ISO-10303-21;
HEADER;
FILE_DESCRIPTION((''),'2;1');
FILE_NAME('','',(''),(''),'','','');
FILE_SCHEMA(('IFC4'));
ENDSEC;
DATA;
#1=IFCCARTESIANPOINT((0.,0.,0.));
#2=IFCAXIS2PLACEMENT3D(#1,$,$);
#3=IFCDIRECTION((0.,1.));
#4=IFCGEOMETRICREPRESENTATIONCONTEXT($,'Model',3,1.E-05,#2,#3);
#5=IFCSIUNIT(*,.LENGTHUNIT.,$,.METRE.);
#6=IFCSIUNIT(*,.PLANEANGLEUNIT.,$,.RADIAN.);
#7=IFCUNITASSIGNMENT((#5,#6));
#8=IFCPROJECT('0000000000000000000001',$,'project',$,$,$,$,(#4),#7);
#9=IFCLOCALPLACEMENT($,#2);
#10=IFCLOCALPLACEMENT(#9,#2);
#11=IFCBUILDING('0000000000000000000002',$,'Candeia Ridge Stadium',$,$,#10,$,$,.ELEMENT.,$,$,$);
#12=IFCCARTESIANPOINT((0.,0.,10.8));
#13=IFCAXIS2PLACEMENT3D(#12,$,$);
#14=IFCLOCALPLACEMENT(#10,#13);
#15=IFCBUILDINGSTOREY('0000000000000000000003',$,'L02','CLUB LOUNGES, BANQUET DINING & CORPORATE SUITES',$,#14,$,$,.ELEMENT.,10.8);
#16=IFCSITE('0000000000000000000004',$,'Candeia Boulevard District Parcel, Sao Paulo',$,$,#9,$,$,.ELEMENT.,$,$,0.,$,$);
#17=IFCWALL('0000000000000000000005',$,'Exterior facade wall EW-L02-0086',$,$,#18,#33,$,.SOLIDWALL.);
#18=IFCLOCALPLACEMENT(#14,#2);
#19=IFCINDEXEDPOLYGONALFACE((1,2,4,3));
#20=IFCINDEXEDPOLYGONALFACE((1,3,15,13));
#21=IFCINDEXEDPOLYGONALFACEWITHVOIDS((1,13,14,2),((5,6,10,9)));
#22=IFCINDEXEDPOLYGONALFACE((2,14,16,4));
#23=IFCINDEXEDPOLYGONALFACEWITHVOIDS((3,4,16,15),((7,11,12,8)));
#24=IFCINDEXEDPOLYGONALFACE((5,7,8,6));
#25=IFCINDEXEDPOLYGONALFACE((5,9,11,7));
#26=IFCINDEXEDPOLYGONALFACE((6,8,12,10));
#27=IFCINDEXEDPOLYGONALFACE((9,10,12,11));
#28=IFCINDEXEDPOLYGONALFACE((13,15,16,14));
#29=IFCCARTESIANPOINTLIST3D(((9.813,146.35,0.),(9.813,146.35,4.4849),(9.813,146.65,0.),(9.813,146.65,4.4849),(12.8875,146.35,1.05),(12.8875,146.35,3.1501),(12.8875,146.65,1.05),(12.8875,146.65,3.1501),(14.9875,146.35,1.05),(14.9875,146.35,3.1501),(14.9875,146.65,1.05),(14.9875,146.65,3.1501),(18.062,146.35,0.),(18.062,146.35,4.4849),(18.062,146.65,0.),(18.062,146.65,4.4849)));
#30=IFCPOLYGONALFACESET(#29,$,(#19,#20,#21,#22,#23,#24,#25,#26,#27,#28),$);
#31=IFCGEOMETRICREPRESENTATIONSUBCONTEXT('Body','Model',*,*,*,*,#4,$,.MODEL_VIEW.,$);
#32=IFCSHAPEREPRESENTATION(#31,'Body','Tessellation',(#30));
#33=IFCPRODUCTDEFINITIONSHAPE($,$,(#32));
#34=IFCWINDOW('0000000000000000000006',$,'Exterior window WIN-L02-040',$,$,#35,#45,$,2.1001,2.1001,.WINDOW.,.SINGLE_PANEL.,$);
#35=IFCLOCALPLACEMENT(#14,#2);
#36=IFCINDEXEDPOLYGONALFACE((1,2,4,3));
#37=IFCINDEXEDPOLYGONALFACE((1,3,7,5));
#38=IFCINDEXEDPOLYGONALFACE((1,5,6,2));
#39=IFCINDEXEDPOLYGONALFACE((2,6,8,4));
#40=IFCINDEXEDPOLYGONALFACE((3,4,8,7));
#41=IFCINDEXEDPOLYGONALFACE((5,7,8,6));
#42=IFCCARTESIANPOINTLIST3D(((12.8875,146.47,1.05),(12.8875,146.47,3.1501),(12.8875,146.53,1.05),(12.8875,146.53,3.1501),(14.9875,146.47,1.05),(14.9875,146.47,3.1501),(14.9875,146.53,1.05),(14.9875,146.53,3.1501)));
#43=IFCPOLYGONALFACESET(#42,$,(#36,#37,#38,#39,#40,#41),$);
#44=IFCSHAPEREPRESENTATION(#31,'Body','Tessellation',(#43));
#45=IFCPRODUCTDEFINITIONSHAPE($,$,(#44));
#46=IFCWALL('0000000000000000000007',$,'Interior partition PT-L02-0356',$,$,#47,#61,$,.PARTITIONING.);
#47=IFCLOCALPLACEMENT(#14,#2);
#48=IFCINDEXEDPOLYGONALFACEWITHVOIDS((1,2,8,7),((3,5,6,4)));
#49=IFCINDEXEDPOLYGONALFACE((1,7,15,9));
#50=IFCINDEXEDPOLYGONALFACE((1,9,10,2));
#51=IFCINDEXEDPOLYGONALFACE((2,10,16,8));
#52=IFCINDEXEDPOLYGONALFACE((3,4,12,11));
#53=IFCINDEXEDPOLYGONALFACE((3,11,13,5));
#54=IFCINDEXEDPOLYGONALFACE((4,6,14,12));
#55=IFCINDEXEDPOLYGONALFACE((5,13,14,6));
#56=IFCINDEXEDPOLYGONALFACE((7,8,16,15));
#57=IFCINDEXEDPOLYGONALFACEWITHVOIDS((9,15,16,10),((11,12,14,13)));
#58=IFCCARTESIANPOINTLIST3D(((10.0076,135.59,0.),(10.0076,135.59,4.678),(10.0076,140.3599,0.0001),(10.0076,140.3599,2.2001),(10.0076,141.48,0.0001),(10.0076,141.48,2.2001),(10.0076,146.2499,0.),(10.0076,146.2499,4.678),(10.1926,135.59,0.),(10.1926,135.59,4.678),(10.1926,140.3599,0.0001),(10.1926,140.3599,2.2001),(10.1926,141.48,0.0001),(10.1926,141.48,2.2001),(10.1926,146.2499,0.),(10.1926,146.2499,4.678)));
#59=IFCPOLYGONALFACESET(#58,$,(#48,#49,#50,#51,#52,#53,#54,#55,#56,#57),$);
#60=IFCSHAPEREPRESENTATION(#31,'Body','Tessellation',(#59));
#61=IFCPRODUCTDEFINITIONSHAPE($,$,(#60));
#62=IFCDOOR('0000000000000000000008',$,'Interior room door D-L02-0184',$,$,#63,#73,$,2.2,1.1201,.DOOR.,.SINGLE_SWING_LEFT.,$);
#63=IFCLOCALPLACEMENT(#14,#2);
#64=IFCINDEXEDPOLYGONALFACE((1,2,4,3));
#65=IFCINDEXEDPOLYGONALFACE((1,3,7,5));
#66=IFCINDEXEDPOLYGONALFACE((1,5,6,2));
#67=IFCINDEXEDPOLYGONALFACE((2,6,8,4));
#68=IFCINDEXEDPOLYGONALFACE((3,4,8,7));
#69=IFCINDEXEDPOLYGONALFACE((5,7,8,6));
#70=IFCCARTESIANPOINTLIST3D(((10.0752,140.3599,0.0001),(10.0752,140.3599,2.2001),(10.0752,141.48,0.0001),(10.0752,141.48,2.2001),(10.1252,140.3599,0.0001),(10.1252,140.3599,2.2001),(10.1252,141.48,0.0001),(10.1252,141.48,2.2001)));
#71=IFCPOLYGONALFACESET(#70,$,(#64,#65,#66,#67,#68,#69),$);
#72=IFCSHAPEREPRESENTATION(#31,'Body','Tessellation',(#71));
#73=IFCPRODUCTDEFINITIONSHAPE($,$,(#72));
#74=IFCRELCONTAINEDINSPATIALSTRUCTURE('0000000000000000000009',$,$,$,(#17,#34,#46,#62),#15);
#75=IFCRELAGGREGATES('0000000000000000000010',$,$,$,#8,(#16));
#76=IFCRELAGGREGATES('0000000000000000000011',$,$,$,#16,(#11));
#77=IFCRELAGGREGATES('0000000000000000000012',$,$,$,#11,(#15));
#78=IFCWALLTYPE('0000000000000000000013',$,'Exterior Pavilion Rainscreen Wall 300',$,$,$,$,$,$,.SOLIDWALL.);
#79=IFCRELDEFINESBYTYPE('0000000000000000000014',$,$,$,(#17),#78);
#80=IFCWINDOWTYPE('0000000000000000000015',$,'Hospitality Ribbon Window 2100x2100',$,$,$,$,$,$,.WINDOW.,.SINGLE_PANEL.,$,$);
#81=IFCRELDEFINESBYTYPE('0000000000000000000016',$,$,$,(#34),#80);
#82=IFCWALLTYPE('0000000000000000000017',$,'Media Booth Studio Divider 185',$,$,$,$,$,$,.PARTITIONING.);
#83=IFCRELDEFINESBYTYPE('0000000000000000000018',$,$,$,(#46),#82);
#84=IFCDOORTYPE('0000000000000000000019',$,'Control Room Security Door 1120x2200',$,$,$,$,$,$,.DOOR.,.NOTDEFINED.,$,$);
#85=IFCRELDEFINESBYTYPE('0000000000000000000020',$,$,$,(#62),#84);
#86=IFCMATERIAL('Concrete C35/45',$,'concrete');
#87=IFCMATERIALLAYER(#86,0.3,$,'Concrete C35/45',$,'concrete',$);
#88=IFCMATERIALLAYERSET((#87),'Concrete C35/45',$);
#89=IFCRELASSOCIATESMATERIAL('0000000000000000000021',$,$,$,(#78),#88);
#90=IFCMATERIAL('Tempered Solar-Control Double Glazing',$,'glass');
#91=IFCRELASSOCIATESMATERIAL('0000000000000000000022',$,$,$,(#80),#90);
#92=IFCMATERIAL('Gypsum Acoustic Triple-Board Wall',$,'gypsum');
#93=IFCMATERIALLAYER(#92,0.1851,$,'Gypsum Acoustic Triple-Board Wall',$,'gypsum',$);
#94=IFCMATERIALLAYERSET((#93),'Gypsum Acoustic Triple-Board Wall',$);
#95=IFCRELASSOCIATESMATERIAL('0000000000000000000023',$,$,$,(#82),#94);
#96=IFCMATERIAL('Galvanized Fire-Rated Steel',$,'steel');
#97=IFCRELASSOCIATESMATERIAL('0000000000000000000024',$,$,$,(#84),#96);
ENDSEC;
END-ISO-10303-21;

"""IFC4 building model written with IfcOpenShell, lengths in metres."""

from ifc_helpers import new_model, si_unit, direction, frame, frame_2d, origin, place, context, subcontext, project, spatial, rectangle, extrude, material, layer, layer_set, type_object, element, fill, save


model = new_model("IFC4")

# Units and contexts
model_context = context("Model", 3, precision=1e-05, world=origin(), true_north=direction((0.0, 1.0)))
body_context = subcontext(model_context, "Body", "Model", "MODEL_VIEW")
ifc_project = project(units=[si_unit("LENGTHUNIT", "METRE"), si_unit("PLANEANGLEUNIT", "RADIAN")], contexts=[model_context])

# Site, building, storey
site_placement = place(None, origin())
site = spatial("IfcSite", under=ifc_project, at=site_placement, Name="Candeia Boulevard District Parcel, Sao Paulo", CompositionType="ELEMENT", RefElevation=0.0)
building_placement = place(site_placement, origin())
building = spatial("IfcBuilding", under=site, at=building_placement, Name="Candeia Ridge Stadium", CompositionType="ELEMENT")
storey_placement = place(building_placement, frame((0.0, 0.0, 10.8)))
storey = spatial("IfcBuildingStorey", under=building, at=storey_placement, Name="L02", Description="CLUB LOUNGES, BANQUET DINING & CORPORATE SUITES", CompositionType="ELEMENT", Elevation=10.8)

# Wall, opening, window
ifc_material_1 = material(Name="Concrete C35/45", Category="concrete")
ifc_layer_1 = layer(ifc_material_1, 0.3, Name="Concrete C35/45", Category="concrete")
ifc_layer_set_1 = layer_set([ifc_layer_1], Name="Concrete C35/45")
wall_type_1 = type_object("IfcWallType", Name="Exterior Pavilion Rainscreen Wall 300", PredefinedType="SOLIDWALL", material=ifc_layer_set_1)
ifc_material_2 = material(Name="Tempered Solar-Control Double Glazing", Category="glass")
window_type = type_object("IfcWindowType", Name="Hospitality Ribbon Window 2100x2100", PartitioningType="SINGLE_PANEL", PredefinedType="WINDOW", material=ifc_material_2)
wall_1_placement = place(storey_placement, frame((9.813, 146.5, 0.0), z_axis=(0.0, 0.0, 1.0), x_axis=(1.0, 0.0, 0.0)))
wall_1 = element("IfcWall", 1, at=wall_1_placement, inside=storey, type_object=wall_type_1, Name="Exterior facade wall EW-L02-0086", PredefinedType="SOLIDWALL", context=body_context, shape_type="SweptSolid", body=[
    extrude(rectangle(XDim=8.249, YDim=0.3, at=frame_2d((4.1245, 0.0))), origin(), (0.0, 0.0, 1.0), 4.4849),
])
opening_1_placement = place(wall_1_placement, frame((3.0745, 0.0, 1.05)))
opening_1 = element("IfcOpeningElement", 2, at=opening_1_placement, cuts=wall_1, PredefinedType="OPENING", context=body_context, shape_type="SweptSolid", body=[
    extrude(rectangle(XDim=2.1001, YDim=2.1001, at=frame_2d((1.05, 1.05))), frame((0.0, 0.1599, 0.0), z_axis=(0.0, -1.0, 0.0), x_axis=(1.0, 0.0, 0.0)), (0.0, 0.0, 1.0), 0.3201),
])
window_1_placement = place(opening_1_placement, origin())
window_1 = element("IfcWindow", 3, at=window_1_placement, inside=storey, type_object=window_type, Name="Exterior window WIN-L02-040", OverallHeight=2.1001, OverallWidth=2.1001, PartitioningType="SINGLE_PANEL", PredefinedType="WINDOW", context=body_context, shape_type="SweptSolid", body=[
    extrude(rectangle(XDim=2.1001, YDim=2.1001, at=frame_2d((1.05, 1.05))), frame((0.0, 0.03, 0.0), z_axis=(0.0, -1.0, 0.0), x_axis=(1.0, 0.0, 0.0)), (0.0, 0.0, 1.0), 0.0601),
])
fill(opening_1, window_1)

# Wall, opening, door
ifc_material_3 = material(Name="Gypsum Acoustic Triple-Board Wall", Category="gypsum")
ifc_layer_2 = layer(ifc_material_3, 0.1851, Name="Gypsum Acoustic Triple-Board Wall", Category="gypsum")
ifc_layer_set_2 = layer_set([ifc_layer_2], Name="Gypsum Acoustic Triple-Board Wall")
wall_type_2 = type_object("IfcWallType", Name="Media Booth Studio Divider 185", PredefinedType="PARTITIONING", material=ifc_layer_set_2)
wall_2_placement = place(storey_placement, frame((10.1001, 146.25, 0.0), z_axis=(0.0, 0.0, 1.0), x_axis=(0.0, -1.0, 0.0)))
wall_2 = element("IfcWall", 4, at=wall_2_placement, inside=storey, type_object=wall_type_2, Name="Interior partition PT-L02-0356", PredefinedType="PARTITIONING", context=body_context, shape_type="SweptSolid", body=[
    extrude(rectangle(XDim=10.6599, YDim=0.1851, at=frame_2d((5.3301, 0.0))), origin(), (0.0, 0.0, 1.0), 4.678),
])
opening_2_placement = place(wall_2_placement, frame((4.77, 0.0, 0.0)))
opening_2 = element("IfcOpeningElement", 5, at=opening_2_placement, cuts=wall_2, PredefinedType="OPENING", context=body_context, shape_type="SweptSolid", body=[
    extrude(rectangle(XDim=1.1201, YDim=2.2, at=frame_2d((0.5601, 1.1001))), frame((0.0, 0.1025, 0.0), z_axis=(0.0, -1.0, 0.0), x_axis=(1.0, 0.0, 0.0)), (0.0, 0.0, 1.0), 0.2051),
])
ifc_material_4 = material(Name="Galvanized Fire-Rated Steel", Category="steel")
door_type = type_object("IfcDoorType", Name="Control Room Security Door 1120x2200", OperationType="NOTDEFINED", PredefinedType="DOOR", material=ifc_material_4)
door_placement = place(opening_2_placement, frame((1.1201, 0.0, 0.0), z_axis=(0.0, 0.0, 1.0), x_axis=(-1.0, 0.0, 0.0)))
door = element("IfcDoor", 6, at=door_placement, inside=storey, type_object=door_type, Name="Interior room door D-L02-0184", OperationType="SINGLE_SWING_LEFT", OverallHeight=2.2, OverallWidth=1.1201, PredefinedType="DOOR", context=body_context, shape_type="SweptSolid", body=[
    extrude(rectangle(XDim=1.1201, YDim=2.2, at=frame_2d((0.5601, 1.1001))), frame((0.0, 0.0249, 0.0), z_axis=(0.0, -1.0, 0.0), x_axis=(1.0, 0.0, 0.0)), (0.0, 0.0, 1.0), 0.05),
])
fill(opening_2, door)

save(model, "model.ifc")
